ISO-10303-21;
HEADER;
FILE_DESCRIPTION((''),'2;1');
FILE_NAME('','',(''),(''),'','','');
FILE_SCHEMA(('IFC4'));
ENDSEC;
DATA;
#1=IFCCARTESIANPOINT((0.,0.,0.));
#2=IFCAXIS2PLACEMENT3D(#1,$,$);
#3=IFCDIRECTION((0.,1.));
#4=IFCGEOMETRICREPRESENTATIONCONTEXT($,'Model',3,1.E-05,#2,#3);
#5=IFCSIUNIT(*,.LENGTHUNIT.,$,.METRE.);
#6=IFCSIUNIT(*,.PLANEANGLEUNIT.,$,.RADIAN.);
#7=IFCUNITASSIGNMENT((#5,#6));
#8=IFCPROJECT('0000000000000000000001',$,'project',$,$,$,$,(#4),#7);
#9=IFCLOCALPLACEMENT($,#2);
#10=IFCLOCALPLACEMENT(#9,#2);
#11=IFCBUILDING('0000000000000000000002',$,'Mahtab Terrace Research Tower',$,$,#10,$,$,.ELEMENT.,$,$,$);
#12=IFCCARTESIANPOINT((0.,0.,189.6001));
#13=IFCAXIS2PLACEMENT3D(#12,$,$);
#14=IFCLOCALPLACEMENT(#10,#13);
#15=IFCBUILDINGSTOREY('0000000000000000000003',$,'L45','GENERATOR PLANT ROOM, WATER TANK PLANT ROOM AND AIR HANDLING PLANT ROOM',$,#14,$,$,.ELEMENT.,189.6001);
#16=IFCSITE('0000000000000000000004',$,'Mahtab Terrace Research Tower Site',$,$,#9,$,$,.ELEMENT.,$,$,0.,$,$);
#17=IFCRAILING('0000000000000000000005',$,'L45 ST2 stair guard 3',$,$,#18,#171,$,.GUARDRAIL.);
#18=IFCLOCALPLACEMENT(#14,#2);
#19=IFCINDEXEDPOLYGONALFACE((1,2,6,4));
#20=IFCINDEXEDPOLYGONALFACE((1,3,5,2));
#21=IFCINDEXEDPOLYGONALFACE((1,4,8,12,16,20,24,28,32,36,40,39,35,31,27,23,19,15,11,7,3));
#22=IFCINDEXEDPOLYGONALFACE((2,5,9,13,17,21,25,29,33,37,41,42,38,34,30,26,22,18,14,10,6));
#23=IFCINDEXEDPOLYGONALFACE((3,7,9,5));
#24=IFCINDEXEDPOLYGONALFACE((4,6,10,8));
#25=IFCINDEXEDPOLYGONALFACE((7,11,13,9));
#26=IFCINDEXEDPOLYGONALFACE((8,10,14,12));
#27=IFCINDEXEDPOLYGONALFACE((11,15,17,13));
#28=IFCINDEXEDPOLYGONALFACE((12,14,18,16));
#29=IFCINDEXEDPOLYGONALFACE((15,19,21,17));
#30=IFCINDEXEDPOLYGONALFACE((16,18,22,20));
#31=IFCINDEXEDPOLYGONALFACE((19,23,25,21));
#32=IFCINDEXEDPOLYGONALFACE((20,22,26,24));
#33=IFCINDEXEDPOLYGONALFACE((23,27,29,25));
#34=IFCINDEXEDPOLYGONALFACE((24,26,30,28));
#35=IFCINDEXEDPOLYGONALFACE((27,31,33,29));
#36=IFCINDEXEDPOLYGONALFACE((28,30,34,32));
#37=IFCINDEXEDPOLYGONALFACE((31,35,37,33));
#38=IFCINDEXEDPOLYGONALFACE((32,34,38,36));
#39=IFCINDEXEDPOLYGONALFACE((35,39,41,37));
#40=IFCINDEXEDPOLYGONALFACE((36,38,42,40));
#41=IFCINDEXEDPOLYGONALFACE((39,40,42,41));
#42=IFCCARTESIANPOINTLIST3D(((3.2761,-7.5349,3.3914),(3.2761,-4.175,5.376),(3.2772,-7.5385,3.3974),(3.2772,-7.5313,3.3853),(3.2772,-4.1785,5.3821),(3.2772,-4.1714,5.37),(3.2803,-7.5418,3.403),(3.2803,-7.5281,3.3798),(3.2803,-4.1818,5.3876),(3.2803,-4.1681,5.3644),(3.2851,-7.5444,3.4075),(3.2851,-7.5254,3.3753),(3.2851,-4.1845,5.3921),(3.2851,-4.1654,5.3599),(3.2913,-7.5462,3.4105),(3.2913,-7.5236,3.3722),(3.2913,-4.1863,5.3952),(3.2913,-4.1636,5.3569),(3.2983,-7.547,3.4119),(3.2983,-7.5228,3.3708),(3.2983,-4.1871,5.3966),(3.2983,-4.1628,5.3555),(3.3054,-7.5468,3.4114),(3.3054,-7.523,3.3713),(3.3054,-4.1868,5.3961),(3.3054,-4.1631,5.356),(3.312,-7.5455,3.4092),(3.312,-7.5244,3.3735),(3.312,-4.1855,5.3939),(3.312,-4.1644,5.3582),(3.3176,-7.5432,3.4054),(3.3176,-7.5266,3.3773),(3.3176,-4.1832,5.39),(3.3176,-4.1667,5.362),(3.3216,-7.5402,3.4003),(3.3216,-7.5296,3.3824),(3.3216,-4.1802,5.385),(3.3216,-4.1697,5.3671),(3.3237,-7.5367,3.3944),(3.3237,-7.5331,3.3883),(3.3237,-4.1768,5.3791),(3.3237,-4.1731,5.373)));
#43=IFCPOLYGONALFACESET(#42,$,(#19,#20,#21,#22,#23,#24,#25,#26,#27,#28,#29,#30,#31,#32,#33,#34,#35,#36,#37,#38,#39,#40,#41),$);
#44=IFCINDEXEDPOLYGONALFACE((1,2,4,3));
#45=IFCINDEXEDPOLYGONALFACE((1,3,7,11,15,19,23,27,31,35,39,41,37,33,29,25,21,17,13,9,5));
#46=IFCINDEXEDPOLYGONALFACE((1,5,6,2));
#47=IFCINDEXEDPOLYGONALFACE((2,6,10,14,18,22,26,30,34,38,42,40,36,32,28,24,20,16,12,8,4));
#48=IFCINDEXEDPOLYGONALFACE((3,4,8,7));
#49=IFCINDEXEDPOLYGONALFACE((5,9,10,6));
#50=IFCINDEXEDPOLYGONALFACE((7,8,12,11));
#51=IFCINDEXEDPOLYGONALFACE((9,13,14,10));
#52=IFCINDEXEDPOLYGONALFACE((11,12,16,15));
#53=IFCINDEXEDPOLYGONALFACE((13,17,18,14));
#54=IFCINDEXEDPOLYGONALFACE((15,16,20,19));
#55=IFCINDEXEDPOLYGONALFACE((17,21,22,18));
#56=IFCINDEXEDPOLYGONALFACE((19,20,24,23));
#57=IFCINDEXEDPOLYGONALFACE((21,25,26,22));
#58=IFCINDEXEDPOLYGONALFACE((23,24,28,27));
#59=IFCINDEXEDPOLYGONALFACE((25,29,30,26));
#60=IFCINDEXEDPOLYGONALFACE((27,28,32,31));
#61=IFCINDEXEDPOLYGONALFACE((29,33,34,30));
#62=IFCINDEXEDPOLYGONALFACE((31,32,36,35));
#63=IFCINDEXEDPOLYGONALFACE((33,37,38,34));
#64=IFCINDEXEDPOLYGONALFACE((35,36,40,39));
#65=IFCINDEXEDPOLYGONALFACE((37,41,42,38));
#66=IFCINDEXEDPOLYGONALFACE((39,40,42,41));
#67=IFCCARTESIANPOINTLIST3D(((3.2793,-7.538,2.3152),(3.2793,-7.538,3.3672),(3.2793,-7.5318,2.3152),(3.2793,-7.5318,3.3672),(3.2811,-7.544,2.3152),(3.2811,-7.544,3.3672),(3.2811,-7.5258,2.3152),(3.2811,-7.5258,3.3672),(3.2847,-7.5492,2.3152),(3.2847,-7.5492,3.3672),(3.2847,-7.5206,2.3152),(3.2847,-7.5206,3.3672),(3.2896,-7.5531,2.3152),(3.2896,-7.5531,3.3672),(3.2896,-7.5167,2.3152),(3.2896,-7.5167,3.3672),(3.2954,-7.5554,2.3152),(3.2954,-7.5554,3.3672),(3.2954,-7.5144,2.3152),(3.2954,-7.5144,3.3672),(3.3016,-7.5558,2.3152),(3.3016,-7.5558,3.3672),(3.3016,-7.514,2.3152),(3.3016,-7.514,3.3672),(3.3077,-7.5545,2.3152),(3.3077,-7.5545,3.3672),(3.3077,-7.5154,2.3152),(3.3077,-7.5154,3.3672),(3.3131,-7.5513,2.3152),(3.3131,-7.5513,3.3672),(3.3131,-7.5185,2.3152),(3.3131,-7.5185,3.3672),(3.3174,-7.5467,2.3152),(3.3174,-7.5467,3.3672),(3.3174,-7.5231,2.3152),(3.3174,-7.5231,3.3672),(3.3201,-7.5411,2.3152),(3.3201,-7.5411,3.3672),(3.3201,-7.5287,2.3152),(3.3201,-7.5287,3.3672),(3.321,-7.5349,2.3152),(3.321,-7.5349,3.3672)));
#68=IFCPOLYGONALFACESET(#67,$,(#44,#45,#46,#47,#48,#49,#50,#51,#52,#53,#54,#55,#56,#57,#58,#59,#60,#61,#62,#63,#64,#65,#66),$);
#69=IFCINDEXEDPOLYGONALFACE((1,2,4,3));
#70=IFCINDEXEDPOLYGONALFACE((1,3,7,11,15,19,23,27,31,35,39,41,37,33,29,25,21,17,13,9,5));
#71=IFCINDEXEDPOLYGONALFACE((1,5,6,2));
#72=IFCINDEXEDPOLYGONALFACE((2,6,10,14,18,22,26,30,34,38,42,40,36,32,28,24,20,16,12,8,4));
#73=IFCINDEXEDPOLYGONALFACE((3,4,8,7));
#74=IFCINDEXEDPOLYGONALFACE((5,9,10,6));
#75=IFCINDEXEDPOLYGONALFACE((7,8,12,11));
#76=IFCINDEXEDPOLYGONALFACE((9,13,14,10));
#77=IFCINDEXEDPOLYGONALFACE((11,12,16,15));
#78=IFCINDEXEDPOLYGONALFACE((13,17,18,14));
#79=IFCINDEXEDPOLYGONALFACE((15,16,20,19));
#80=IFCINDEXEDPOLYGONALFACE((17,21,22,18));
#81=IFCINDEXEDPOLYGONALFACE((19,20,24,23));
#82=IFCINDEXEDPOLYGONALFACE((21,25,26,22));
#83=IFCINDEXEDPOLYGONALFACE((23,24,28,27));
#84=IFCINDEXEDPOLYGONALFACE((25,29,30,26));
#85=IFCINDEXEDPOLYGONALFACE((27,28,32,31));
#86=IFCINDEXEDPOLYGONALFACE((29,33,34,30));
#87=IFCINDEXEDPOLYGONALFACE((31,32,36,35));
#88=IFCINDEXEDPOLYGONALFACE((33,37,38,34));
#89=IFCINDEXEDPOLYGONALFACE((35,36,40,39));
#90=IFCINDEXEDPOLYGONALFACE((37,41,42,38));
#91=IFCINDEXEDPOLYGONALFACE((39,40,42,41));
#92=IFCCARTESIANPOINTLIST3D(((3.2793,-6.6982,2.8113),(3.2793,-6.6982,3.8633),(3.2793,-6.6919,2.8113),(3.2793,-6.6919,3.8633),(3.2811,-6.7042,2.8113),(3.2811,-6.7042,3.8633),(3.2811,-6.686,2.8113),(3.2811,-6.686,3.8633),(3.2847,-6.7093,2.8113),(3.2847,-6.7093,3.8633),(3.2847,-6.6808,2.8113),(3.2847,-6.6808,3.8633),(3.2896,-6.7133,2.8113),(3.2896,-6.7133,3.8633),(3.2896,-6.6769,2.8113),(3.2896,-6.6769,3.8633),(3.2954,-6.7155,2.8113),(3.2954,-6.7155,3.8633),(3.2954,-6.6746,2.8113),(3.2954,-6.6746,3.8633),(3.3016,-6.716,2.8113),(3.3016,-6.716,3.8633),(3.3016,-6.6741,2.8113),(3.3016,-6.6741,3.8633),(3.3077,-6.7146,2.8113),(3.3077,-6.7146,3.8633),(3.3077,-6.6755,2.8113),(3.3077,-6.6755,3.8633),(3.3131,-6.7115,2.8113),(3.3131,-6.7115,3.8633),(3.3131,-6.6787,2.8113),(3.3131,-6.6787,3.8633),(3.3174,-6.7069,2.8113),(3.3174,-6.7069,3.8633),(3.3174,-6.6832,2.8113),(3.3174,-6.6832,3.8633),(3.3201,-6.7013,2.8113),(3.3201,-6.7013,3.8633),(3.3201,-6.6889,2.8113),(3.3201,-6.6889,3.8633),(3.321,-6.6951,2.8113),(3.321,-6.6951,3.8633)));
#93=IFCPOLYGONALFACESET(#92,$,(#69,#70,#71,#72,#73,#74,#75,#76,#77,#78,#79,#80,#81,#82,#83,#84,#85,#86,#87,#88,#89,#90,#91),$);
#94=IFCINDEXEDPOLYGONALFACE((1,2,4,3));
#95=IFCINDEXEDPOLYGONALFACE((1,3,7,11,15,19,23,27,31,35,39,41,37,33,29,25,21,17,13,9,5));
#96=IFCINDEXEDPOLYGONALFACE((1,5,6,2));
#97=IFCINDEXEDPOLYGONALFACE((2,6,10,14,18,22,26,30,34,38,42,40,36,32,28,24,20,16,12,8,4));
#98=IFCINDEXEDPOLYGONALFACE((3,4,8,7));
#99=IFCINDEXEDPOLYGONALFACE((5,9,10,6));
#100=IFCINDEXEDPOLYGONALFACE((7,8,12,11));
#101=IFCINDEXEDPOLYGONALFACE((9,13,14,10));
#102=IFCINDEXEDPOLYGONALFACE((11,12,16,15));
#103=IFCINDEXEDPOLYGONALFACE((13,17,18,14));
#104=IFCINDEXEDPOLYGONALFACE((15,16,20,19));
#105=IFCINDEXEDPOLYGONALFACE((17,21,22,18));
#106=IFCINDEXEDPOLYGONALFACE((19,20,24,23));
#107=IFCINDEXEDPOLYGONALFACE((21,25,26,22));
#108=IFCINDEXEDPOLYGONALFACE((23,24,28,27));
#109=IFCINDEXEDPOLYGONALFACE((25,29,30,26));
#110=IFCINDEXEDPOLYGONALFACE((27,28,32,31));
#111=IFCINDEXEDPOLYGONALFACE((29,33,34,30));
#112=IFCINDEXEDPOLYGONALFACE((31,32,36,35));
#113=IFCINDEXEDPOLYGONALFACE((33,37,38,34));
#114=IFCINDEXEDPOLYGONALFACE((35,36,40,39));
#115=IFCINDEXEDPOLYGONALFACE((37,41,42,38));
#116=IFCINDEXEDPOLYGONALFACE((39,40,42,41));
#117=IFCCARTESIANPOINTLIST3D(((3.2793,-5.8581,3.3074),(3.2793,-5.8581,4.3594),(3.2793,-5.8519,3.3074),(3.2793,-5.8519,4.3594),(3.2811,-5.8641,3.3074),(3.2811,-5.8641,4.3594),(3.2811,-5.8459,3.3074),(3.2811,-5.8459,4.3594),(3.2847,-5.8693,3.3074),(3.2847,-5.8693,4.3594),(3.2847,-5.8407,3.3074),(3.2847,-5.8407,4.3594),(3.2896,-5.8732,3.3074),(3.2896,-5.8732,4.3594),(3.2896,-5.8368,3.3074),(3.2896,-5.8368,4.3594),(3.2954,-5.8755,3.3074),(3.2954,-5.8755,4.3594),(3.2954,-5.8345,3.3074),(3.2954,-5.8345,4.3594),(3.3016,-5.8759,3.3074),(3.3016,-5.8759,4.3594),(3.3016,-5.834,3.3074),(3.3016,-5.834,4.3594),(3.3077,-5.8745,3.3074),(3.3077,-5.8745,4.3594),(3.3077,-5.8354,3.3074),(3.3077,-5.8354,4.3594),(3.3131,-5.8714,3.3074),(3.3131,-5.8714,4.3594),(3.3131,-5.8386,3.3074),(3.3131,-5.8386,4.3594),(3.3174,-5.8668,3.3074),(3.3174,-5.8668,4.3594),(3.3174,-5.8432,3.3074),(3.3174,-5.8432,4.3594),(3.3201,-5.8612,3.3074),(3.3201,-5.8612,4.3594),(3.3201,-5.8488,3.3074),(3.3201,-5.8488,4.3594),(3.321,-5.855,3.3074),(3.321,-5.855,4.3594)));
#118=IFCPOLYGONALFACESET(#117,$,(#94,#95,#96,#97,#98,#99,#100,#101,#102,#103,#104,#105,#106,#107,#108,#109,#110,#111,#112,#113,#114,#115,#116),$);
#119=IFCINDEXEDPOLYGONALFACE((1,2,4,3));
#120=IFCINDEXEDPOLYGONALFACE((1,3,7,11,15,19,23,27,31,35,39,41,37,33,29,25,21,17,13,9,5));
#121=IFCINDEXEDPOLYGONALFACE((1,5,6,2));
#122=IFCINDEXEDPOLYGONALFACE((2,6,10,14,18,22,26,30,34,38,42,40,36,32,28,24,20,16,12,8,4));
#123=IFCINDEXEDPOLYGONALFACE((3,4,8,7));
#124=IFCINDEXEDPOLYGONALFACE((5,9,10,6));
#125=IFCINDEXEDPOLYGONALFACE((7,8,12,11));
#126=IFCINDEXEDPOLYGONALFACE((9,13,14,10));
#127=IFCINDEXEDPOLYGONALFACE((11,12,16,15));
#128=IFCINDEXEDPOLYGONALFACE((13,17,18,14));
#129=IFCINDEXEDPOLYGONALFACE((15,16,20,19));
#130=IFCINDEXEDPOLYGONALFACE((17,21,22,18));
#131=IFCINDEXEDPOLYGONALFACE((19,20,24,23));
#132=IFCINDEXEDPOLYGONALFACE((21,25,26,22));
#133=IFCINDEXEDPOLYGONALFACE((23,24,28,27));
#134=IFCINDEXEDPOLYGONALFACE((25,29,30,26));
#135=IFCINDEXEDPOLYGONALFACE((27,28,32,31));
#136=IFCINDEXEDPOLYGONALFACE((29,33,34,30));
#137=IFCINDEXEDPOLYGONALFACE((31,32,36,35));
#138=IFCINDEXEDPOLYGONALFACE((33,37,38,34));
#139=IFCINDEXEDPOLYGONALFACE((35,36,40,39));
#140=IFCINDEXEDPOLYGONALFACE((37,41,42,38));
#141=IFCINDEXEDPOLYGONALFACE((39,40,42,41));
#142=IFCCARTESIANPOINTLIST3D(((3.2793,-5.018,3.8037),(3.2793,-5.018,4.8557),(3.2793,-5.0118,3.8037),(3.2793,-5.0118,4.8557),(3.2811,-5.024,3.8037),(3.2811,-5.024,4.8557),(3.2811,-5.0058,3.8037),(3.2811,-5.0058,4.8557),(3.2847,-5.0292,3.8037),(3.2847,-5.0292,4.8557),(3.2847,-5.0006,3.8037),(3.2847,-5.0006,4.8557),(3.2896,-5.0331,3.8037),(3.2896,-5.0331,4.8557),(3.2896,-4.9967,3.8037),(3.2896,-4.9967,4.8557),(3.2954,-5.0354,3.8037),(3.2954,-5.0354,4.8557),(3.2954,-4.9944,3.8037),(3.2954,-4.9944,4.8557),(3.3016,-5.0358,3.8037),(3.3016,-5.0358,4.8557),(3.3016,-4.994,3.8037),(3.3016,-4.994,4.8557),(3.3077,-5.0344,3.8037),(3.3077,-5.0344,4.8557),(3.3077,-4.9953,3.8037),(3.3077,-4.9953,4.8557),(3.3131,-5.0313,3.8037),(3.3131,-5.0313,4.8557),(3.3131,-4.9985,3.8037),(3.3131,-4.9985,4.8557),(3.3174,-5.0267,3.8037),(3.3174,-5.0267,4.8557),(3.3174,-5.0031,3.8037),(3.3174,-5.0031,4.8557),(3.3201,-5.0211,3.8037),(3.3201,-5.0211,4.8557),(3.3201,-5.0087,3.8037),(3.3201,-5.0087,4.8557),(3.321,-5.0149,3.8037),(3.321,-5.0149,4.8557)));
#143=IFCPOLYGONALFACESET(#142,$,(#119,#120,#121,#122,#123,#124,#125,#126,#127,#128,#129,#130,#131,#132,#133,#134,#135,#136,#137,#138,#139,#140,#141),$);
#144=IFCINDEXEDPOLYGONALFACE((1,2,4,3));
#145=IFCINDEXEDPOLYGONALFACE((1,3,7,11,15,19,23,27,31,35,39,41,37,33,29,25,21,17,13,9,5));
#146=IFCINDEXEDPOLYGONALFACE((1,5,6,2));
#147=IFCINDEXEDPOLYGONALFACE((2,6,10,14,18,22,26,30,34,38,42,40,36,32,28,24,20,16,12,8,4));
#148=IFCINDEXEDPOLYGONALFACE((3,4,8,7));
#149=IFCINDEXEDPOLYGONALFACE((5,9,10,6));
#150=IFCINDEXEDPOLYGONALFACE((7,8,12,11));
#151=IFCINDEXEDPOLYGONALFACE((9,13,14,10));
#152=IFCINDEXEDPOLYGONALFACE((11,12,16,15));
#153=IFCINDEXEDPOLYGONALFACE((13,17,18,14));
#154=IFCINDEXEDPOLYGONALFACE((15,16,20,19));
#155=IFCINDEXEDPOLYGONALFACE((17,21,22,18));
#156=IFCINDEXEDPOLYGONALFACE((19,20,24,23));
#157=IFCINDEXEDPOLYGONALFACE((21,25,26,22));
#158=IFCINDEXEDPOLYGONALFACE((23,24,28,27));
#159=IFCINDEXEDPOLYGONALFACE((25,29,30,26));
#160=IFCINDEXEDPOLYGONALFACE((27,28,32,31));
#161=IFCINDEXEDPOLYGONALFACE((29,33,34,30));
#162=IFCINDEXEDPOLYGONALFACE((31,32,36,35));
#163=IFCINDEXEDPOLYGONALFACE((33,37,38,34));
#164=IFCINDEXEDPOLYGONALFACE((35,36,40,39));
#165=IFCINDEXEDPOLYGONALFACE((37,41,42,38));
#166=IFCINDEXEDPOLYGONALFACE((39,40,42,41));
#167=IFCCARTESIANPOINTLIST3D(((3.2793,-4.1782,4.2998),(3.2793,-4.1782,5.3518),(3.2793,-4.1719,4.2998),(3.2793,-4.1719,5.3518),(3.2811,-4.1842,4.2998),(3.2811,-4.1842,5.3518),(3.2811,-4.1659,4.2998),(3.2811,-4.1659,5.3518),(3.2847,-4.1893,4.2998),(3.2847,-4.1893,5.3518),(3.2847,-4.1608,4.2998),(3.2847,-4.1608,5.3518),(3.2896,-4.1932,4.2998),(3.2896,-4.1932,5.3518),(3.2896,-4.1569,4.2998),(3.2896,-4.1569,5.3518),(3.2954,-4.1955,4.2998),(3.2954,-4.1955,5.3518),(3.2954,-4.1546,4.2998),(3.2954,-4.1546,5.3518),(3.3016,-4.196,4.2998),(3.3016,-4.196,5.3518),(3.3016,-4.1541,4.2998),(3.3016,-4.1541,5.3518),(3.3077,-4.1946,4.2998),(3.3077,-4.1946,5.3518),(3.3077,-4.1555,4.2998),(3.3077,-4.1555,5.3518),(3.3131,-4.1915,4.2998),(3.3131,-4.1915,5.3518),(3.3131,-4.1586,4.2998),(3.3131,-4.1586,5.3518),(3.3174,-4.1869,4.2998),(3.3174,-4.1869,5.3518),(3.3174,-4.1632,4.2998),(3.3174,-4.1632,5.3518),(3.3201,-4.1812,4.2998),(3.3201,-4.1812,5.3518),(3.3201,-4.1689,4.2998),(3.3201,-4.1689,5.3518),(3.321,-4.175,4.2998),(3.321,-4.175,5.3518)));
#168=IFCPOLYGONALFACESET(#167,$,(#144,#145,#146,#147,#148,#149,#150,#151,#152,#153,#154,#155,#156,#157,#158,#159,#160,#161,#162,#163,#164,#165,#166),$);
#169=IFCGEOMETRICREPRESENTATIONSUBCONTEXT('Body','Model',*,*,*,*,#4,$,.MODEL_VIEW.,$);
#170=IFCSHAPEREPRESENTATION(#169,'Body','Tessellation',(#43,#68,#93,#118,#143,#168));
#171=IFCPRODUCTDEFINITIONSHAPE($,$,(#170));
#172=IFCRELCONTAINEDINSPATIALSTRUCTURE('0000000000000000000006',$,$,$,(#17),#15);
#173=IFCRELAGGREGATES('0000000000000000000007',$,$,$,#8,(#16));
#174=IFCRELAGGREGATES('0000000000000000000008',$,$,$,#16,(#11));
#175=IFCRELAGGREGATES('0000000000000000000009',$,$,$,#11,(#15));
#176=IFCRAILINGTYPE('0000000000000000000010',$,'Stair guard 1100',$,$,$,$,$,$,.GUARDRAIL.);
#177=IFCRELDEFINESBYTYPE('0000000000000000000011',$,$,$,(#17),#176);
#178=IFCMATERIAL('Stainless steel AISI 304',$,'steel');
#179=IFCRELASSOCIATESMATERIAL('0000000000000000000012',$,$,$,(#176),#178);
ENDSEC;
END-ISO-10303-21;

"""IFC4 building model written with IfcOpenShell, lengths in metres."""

from ifc_helpers import new_model, si_unit, direction, frame, origin, origin_2d, place, context, subcontext, project, spatial, circle, extrude, material, type_object, element, save


model = new_model("IFC4")

# Units and contexts
model_context = context("Model", 3, precision=1e-05, world=origin(), true_north=direction((0.0, 1.0)))
body_context = subcontext(model_context, "Body", "Model", "MODEL_VIEW")
ifc_project = project(units=[si_unit("LENGTHUNIT", "METRE"), si_unit("PLANEANGLEUNIT", "RADIAN")], contexts=[model_context])

# Site, building, storey
site_placement = place(None, origin())
site = spatial("IfcSite", under=ifc_project, at=site_placement, Name="Mahtab Terrace Research Tower Site", CompositionType="ELEMENT", RefElevation=0.0)
building_placement = place(site_placement, origin())
building = spatial("IfcBuilding", under=site, at=building_placement, Name="Mahtab Terrace Research Tower", CompositionType="ELEMENT")
storey_placement = place(building_placement, frame((0.0, 0.0, 189.6001)))
storey = spatial("IfcBuildingStorey", under=building, at=storey_placement, Name="L45", Description="GENERATOR PLANT ROOM, WATER TANK PLANT ROOM AND AIR HANDLING PLANT ROOM", CompositionType="ELEMENT", Elevation=189.6001)

# Railing
ifc_material_1 = material(Name="Stainless steel AISI 304", Category="steel")
railing_type_1 = type_object("IfcRailingType", Name="Stair guard 1100", PredefinedType="GUARDRAIL", material=ifc_material_1)
railing_1_placement = place(storey_placement, frame((3.3, -7.5349, 2.3152)))
element("IfcRailing", 1, at=railing_1_placement, inside=storey, type_object=railing_type_1, Name="L45 ST2 stair guard 3", PredefinedType="GUARDRAIL", context=body_context, shape_type="SweptSolid", body=[
    extrude(circle(Radius=0.0239, at=origin_2d()), frame((0.0, 0.0, 1.0762), z_axis=(0.0, 0.861011, 0.508586), x_axis=(-1.0, 0.0, 0.0)), (0.0, 0.0, 1.0), 3.9023),
    extrude(circle(Radius=0.021, at=origin_2d()), origin(), (0.0, 0.0, 1.0), 1.052),
    extrude(circle(Radius=0.021, at=origin_2d()), frame((0.0, 0.8398, 0.4961)), (0.0, 0.0, 1.0), 1.052),
    extrude(circle(Radius=0.021, at=origin_2d()), frame((0.0, 1.6799, 0.9922)), (0.0, 0.0, 1.0), 1.052),
    extrude(circle(Radius=0.021, at=origin_2d()), frame((0.0, 2.52, 1.4885)), (0.0, 0.0, 1.0), 1.052),
    extrude(circle(Radius=0.021, at=origin_2d()), frame((0.0, 3.3599, 1.9846)), (0.0, 0.0, 1.0), 1.052),
])

save(model, "model.ifc")
